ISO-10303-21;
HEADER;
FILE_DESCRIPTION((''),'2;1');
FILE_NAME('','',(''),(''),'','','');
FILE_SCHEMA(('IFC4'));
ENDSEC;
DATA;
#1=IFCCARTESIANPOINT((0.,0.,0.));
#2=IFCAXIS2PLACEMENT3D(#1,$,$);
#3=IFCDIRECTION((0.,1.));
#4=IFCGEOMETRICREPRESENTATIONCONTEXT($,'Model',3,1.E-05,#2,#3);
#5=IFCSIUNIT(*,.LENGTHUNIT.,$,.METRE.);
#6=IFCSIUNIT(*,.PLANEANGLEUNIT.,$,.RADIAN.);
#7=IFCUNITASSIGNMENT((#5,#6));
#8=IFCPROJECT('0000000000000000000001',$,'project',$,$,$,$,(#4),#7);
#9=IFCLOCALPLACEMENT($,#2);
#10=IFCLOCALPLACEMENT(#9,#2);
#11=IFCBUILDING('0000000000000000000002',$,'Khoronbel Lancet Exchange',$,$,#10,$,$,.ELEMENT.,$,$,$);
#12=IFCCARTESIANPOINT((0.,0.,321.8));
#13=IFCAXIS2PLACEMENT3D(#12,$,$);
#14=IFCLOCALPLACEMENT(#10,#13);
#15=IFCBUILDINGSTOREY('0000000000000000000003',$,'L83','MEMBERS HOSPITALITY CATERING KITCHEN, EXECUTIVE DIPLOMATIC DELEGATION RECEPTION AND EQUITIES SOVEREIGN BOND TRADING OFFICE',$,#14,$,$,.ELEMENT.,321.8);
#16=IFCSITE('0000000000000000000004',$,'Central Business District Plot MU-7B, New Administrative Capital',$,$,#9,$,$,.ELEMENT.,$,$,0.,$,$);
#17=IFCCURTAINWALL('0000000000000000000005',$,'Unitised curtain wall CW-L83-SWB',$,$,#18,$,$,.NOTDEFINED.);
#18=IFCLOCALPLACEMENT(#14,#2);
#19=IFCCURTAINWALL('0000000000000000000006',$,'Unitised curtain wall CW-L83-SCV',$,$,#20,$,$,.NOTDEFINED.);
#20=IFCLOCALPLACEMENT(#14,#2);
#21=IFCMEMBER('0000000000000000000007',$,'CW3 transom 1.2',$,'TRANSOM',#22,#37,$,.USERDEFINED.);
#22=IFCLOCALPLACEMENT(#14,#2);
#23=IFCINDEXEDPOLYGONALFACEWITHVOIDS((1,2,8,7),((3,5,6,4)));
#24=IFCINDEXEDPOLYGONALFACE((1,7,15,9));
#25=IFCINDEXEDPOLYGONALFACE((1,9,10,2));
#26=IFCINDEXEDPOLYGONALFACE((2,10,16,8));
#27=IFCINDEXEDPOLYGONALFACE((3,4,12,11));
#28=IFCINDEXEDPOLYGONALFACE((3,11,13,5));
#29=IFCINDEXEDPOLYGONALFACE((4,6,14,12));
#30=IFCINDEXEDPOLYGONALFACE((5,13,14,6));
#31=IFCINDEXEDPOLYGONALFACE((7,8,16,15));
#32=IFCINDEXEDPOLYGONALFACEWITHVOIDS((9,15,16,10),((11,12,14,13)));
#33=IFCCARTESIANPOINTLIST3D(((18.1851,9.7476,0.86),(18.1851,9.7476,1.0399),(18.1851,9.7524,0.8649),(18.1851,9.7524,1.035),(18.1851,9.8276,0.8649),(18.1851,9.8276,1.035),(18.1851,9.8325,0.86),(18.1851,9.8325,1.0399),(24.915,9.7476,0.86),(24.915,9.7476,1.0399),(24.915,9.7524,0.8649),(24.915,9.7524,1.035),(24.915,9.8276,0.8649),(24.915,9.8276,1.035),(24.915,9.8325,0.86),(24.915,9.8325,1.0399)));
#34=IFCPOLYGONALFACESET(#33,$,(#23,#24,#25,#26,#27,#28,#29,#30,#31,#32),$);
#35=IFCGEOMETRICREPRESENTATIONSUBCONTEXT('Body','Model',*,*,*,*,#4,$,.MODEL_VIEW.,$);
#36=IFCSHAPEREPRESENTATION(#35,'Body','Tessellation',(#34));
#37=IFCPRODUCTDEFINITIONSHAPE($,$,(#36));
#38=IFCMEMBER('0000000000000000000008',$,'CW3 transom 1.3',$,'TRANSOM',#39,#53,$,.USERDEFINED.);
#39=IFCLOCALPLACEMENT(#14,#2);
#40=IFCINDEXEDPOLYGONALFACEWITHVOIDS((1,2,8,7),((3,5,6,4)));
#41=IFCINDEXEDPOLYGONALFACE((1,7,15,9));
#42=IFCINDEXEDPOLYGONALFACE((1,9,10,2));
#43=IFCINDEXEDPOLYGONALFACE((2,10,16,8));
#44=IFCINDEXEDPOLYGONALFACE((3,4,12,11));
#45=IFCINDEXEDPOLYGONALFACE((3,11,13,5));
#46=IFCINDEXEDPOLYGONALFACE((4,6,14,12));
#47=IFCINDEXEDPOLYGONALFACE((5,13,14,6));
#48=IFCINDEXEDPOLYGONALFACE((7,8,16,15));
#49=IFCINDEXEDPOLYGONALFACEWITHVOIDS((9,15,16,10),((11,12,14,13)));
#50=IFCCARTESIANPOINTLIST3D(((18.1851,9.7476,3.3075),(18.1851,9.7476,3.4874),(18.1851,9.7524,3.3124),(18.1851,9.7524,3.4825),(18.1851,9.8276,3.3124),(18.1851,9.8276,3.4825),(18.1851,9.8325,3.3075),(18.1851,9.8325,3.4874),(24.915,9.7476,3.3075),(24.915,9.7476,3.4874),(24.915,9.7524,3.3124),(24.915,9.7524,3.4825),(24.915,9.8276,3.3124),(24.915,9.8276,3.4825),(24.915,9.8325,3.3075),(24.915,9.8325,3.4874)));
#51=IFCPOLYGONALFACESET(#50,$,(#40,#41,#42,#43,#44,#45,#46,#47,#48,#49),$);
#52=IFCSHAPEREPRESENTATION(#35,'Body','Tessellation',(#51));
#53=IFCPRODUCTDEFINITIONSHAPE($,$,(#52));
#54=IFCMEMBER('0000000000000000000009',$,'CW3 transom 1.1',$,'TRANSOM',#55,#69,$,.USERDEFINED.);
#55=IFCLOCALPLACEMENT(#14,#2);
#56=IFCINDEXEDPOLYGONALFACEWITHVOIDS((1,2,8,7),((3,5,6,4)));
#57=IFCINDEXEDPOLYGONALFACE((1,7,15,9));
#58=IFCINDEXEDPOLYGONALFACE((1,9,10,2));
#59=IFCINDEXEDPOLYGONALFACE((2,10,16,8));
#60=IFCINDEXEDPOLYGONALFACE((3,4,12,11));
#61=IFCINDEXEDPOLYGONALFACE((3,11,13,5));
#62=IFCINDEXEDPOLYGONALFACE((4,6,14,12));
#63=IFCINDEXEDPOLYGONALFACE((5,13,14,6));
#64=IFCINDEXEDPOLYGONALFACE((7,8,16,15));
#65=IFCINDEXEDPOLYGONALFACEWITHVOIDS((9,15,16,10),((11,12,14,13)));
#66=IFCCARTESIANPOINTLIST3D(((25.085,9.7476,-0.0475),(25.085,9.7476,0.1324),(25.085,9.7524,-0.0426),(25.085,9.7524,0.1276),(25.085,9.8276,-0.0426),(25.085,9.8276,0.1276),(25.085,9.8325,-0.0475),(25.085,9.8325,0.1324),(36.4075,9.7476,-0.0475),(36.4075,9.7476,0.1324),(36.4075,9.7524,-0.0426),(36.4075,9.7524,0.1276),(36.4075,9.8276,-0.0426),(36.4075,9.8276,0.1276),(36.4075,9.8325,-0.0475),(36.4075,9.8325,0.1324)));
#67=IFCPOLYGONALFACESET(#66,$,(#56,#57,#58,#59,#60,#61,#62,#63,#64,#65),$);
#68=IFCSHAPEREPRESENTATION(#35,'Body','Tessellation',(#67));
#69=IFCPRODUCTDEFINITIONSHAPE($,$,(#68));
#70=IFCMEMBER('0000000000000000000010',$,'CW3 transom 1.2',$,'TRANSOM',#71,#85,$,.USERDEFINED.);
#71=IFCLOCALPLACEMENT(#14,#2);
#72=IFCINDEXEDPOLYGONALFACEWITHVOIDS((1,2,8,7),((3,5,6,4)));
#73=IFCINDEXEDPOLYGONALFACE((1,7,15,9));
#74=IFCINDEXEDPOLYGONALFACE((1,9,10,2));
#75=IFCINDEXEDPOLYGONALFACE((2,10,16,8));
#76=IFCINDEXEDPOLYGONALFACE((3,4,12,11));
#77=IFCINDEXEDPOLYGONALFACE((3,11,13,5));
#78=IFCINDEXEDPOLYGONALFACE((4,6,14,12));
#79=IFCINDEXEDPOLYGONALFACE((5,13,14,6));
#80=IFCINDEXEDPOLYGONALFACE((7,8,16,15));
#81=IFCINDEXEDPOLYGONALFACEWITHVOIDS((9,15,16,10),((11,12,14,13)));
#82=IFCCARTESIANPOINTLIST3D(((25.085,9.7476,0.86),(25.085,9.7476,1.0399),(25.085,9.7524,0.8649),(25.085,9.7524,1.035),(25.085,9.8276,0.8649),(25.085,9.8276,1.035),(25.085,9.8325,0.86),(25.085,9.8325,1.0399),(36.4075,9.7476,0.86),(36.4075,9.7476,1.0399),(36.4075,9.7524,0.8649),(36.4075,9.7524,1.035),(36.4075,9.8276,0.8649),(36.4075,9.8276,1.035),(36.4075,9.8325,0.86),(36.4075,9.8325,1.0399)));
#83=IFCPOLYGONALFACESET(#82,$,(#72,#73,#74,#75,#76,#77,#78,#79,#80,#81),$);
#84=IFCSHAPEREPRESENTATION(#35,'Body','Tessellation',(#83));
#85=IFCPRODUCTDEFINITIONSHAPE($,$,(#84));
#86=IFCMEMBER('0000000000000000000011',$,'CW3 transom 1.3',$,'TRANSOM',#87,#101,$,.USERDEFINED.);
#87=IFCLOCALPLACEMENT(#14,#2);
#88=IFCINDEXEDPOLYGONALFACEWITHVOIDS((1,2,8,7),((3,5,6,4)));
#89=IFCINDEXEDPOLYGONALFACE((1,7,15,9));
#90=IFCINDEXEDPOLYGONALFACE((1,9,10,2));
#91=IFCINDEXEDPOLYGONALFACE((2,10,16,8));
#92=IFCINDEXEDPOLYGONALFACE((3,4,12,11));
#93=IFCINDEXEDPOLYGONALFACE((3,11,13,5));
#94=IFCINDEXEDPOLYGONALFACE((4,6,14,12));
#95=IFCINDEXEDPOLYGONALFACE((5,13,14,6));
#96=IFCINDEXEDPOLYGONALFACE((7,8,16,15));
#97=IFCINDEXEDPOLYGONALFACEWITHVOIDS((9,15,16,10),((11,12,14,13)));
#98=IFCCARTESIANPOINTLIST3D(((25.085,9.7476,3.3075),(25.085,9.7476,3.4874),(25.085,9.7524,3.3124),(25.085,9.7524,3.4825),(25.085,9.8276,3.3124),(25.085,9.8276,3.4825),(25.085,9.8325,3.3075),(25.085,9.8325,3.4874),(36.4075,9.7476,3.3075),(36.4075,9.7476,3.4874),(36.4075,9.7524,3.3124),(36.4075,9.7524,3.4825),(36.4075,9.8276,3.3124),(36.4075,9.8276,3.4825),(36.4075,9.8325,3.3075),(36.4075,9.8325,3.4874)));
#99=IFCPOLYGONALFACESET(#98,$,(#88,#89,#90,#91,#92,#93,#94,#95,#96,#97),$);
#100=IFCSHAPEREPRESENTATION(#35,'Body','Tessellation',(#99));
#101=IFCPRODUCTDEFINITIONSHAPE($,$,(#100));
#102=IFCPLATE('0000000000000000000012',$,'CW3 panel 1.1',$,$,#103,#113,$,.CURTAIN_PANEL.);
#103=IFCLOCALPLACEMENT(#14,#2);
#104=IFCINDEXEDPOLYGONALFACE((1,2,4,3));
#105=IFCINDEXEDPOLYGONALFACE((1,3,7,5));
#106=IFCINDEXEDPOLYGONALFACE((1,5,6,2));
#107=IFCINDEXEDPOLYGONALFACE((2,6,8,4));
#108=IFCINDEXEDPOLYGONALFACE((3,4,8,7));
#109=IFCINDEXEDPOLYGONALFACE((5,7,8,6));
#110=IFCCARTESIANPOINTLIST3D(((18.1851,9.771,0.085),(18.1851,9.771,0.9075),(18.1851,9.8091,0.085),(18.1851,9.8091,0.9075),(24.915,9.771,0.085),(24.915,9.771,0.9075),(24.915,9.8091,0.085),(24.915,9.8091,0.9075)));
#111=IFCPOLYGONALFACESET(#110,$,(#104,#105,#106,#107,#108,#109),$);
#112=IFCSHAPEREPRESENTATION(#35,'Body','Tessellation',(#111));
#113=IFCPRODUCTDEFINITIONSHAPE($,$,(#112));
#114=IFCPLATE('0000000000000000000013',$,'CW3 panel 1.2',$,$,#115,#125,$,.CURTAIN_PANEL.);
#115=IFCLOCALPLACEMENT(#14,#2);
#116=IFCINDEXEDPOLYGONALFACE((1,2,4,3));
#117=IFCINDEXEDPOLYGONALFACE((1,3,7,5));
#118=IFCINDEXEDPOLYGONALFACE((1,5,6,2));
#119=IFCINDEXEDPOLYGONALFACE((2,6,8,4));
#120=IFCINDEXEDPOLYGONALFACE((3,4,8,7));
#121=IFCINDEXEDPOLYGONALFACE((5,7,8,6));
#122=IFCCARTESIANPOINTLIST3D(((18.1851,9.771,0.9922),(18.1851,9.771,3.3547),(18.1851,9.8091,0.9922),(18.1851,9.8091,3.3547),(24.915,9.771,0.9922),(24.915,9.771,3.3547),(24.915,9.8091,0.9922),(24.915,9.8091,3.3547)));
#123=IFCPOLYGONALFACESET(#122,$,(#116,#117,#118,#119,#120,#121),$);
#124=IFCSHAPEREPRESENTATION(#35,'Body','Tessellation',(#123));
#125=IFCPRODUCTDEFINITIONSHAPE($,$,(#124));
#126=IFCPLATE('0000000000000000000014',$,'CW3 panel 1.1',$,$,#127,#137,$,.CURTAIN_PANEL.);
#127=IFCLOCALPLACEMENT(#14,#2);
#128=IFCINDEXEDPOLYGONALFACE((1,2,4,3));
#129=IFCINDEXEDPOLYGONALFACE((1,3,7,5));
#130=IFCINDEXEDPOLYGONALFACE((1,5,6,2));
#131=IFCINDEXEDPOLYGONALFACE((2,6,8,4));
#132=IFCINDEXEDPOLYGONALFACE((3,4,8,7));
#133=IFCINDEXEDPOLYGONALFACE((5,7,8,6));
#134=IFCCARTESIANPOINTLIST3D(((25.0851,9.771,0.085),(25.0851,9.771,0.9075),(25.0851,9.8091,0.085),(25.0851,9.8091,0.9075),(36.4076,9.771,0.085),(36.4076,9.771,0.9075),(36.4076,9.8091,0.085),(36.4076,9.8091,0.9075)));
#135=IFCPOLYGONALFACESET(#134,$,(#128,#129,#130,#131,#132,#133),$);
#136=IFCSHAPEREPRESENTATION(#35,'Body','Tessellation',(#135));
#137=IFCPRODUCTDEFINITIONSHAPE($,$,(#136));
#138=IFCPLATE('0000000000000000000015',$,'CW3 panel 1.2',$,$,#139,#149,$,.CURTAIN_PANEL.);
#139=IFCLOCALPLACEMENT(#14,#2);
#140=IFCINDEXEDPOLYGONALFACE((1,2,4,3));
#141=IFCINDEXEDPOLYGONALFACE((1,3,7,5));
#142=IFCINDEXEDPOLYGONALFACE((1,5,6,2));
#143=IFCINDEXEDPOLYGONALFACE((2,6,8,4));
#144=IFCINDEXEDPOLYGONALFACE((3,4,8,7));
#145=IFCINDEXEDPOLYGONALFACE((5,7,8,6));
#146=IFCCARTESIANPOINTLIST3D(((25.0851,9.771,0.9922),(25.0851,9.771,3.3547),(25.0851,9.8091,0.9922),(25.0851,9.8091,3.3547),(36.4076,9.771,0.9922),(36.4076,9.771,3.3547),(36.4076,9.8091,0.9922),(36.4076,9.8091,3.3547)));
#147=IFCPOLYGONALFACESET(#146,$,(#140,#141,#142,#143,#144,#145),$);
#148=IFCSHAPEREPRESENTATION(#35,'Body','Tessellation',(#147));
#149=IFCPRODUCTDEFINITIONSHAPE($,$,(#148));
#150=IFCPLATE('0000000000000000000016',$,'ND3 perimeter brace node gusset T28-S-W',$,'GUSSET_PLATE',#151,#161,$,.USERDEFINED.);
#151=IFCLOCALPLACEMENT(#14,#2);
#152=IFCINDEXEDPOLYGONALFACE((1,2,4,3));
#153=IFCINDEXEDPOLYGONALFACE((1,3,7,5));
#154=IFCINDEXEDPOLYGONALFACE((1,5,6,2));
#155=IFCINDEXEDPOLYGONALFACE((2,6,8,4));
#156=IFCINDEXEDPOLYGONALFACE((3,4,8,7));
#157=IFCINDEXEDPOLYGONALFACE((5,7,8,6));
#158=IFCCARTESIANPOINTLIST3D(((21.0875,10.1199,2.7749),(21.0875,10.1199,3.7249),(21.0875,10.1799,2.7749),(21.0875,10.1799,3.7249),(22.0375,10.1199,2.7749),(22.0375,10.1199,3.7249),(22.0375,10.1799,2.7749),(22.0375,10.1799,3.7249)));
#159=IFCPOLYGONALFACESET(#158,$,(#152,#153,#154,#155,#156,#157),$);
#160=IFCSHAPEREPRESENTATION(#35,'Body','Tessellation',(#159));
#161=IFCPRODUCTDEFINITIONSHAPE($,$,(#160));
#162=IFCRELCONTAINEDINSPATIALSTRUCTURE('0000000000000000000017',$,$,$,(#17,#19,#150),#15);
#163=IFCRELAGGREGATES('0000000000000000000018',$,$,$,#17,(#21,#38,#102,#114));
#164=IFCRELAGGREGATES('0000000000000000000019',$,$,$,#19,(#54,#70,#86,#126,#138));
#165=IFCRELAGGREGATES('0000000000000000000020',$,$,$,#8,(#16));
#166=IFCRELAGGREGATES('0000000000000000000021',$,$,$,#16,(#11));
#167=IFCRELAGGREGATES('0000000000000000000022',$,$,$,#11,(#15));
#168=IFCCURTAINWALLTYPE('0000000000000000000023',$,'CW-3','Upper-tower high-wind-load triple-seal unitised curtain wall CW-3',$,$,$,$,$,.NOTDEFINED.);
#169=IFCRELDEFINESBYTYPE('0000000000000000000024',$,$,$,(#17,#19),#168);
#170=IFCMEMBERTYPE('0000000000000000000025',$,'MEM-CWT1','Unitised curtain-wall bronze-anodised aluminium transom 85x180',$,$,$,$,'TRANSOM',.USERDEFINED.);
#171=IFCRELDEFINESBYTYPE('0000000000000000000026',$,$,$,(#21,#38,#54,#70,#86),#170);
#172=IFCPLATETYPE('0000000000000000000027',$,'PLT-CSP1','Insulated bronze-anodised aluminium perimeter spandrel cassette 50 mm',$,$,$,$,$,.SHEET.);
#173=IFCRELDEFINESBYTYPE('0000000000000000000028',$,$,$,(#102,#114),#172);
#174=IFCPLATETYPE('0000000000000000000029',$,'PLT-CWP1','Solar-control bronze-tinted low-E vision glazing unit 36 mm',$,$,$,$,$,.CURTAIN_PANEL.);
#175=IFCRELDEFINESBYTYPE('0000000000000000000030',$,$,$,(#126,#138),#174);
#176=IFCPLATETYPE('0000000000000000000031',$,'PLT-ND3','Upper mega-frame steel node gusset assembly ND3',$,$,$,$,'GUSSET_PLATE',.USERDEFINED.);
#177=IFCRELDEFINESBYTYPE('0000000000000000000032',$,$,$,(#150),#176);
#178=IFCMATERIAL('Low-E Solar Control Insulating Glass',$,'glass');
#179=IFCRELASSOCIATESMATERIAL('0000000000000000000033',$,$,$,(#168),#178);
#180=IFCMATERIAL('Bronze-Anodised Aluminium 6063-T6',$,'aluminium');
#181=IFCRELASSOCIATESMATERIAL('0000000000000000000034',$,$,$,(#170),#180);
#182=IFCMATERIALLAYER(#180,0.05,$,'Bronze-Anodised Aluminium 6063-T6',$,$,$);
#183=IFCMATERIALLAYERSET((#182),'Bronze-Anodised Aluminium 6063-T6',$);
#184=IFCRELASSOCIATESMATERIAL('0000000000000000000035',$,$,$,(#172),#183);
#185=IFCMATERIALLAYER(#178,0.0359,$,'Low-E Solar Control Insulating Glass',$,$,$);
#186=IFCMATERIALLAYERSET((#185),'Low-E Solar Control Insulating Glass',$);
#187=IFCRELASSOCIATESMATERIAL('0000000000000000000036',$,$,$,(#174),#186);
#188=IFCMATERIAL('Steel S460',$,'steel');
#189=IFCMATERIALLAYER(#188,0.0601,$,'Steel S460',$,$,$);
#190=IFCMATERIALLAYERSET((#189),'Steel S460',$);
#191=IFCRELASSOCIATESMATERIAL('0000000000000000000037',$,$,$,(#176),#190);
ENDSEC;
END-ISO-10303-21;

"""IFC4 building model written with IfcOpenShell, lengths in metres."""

from ifc_helpers import new_model, si_unit, direction, frame, origin, origin_2d, place, context, subcontext, project, spatial, rectangle, hollow_rectangle, extrude, material, layer, layer_set, material_profile, profile_set, type_object, element, aggregate, save


model = new_model("IFC4")

# Units and contexts
model_context = context("Model", 3, precision=1e-05, world=origin(), true_north=direction((0.0, 1.0)))
body_context = subcontext(model_context, "Body", "Model", "MODEL_VIEW")
ifc_project = project(units=[si_unit("LENGTHUNIT", "METRE"), si_unit("PLANEANGLEUNIT", "RADIAN")], contexts=[model_context])

# Site, building, storey
site_placement = place(None, origin())
site = spatial("IfcSite", under=ifc_project, at=site_placement, Name="Central Business District Plot MU-7B, New Administrative Capital", CompositionType="ELEMENT", RefElevation=0.0)
building_placement = place(site_placement, origin())
building = spatial("IfcBuilding", under=site, at=building_placement, Name="Khoronbel Lancet Exchange", CompositionType="ELEMENT")
storey_placement = place(building_placement, frame((0.0, 0.0, 321.8)))
storey = spatial("IfcBuildingStorey", under=building, at=storey_placement, Name="L83", Description="MEMBERS HOSPITALITY CATERING KITCHEN, EXECUTIVE DIPLOMATIC DELEGATION RECEPTION AND EQUITIES SOVEREIGN BOND TRADING OFFICE", CompositionType="ELEMENT", Elevation=321.8)

# Shared definitions
ifc_material_1 = material(Name="Steel S460", Category="steel")

# Curtain walls
ifc_material_2 = material(Name="Low-E Solar Control Insulating Glass", Category="glass")
curtain_wall_type = type_object("IfcCurtainWallType", Name="CW-3", Description="Upper-tower high-wind-load triple-seal unitised curtain wall CW-3", PredefinedType="NOTDEFINED", material=ifc_material_2)
curtain_wall_1_placement = place(storey_placement, origin())
curtain_wall_1 = element("IfcCurtainWall", 1, at=curtain_wall_1_placement, inside=storey, type_object=curtain_wall_type, Name="Unitised curtain wall CW-L83-SWB", PredefinedType="NOTDEFINED")
ifc_material_3 = material(Name="Bronze-Anodised Aluminium 6063-T6", Category="aluminium")
curtain_wall_2_placement = place(storey_placement, origin())
curtain_wall_2 = element("IfcCurtainWall", 2, at=curtain_wall_2_placement, inside=storey, type_object=curtain_wall_type, Name="Unitised curtain wall CW-L83-SCV", PredefinedType="NOTDEFINED")

# Members
ifc_material_profile_1 = material_profile(ifc_material_3, hollow_rectangle(XDim=0.085, YDim=0.1799, WallThickness=0.0049, at=origin_2d()), Name="ALU TRANSOM 85x180")
ifc_profile_set_1 = profile_set([ifc_material_profile_1], Name="Bronze-Anodised Aluminium 6063-T6")
member_type_1 = type_object("IfcMemberType", Name="MEM-CWT1", Description="Unitised curtain-wall bronze-anodised aluminium transom 85x180", ElementType="TRANSOM", PredefinedType="USERDEFINED", material=ifc_profile_set_1)
member_1_placement = place(storey_placement, frame((18.1851, 9.79, 0.95), z_axis=(1.0, 0.0, 0.0), x_axis=(0.0, 1.0, 0.0)))
member_1 = element("IfcMember", 3, at=member_1_placement, type_object=member_type_1, Name="CW3 transom 1.2", ObjectType="TRANSOM", PredefinedType="USERDEFINED", context=body_context, shape_type="SweptSolid", body=[
    extrude(hollow_rectangle(XDim=0.085, YDim=0.1799, WallThickness=0.0049, at=origin_2d()), origin(), (0.0, 0.0, 1.0), 6.73),
])
member_2_placement = place(storey_placement, frame((18.1851, 9.79, 3.3975), z_axis=(1.0, 0.0, 0.0), x_axis=(0.0, 1.0, 0.0)))
member_2 = element("IfcMember", 4, at=member_2_placement, type_object=member_type_1, Name="CW3 transom 1.3", ObjectType="TRANSOM", PredefinedType="USERDEFINED", context=body_context, shape_type="SweptSolid", body=[
    extrude(hollow_rectangle(XDim=0.085, YDim=0.1799, WallThickness=0.0049, at=origin_2d()), origin(), (0.0, 0.0, 1.0), 6.73),
])
member_3_placement = place(storey_placement, frame((25.085, 9.79, 0.0425), z_axis=(1.0, 0.0, 0.0), x_axis=(0.0, 1.0, 0.0)))
member_3 = element("IfcMember", 5, at=member_3_placement, type_object=member_type_1, Name="CW3 transom 1.1", ObjectType="TRANSOM", PredefinedType="USERDEFINED", context=body_context, shape_type="SweptSolid", body=[
    extrude(hollow_rectangle(XDim=0.085, YDim=0.1799, WallThickness=0.0049, at=origin_2d()), origin(), (0.0, 0.0, 1.0), 11.3225),
])
member_4_placement = place(storey_placement, frame((25.085, 9.79, 0.95), z_axis=(1.0, 0.0, 0.0), x_axis=(0.0, 1.0, 0.0)))
member_4 = element("IfcMember", 6, at=member_4_placement, type_object=member_type_1, Name="CW3 transom 1.2", ObjectType="TRANSOM", PredefinedType="USERDEFINED", context=body_context, shape_type="SweptSolid", body=[
    extrude(hollow_rectangle(XDim=0.085, YDim=0.1799, WallThickness=0.0049, at=origin_2d()), origin(), (0.0, 0.0, 1.0), 11.3225),
])
member_5_placement = place(storey_placement, frame((25.085, 9.79, 3.3975), z_axis=(1.0, 0.0, 0.0), x_axis=(0.0, 1.0, 0.0)))
member_5 = element("IfcMember", 7, at=member_5_placement, type_object=member_type_1, Name="CW3 transom 1.3", ObjectType="TRANSOM", PredefinedType="USERDEFINED", context=body_context, shape_type="SweptSolid", body=[
    extrude(hollow_rectangle(XDim=0.085, YDim=0.1799, WallThickness=0.0049, at=origin_2d()), origin(), (0.0, 0.0, 1.0), 11.3225),
])

# Plates
ifc_layer_1 = layer(ifc_material_3, 0.05, Name="Bronze-Anodised Aluminium 6063-T6")
ifc_layer_set_1 = layer_set([ifc_layer_1], Name="Bronze-Anodised Aluminium 6063-T6")
plate_type_1 = type_object("IfcPlateType", Name="PLT-CSP1", Description="Insulated bronze-anodised aluminium perimeter spandrel cassette 50 mm", PredefinedType="SHEET", material=ifc_layer_set_1)
plate_1_placement = place(storey_placement, frame((21.55, 9.79, 0.085), z_axis=(0.0, 0.0, 1.0), x_axis=(1.0, 0.0, 0.0)))
plate_1 = element("IfcPlate", 8, at=plate_1_placement, type_object=plate_type_1, Name="CW3 panel 1.1", PredefinedType="CURTAIN_PANEL", context=body_context, shape_type="SweptSolid", body=[
    extrude(rectangle(XDim=6.73, YDim=0.0381, at=origin_2d()), origin(), (0.0, 0.0, 1.0), 0.8225),
])
plate_2_placement = place(storey_placement, frame((21.55, 9.79, 0.9922), z_axis=(0.0, 0.0, 1.0), x_axis=(1.0, 0.0, 0.0)))
plate_2 = element("IfcPlate", 9, at=plate_2_placement, type_object=plate_type_1, Name="CW3 panel 1.2", PredefinedType="CURTAIN_PANEL", context=body_context, shape_type="SweptSolid", body=[
    extrude(rectangle(XDim=6.73, YDim=0.0381, at=origin_2d()), origin(), (0.0, 0.0, 1.0), 2.3625),
])
aggregate(curtain_wall_1, [member_1, member_2, plate_1, plate_2])
ifc_layer_2 = layer(ifc_material_2, 0.0359, Name="Low-E Solar Control Insulating Glass")
ifc_layer_set_2 = layer_set([ifc_layer_2], Name="Low-E Solar Control Insulating Glass")
plate_type_2 = type_object("IfcPlateType", Name="PLT-CWP1", Description="Solar-control bronze-tinted low-E vision glazing unit 36 mm", PredefinedType="CURTAIN_PANEL", material=ifc_layer_set_2)
plate_3_placement = place(storey_placement, frame((30.7463, 9.79, 0.085), z_axis=(0.0, 0.0, 1.0), x_axis=(1.0, 0.0, 0.0)))
plate_3 = element("IfcPlate", 10, at=plate_3_placement, type_object=plate_type_2, Name="CW3 panel 1.1", PredefinedType="CURTAIN_PANEL", context=body_context, shape_type="SweptSolid", body=[
    extrude(rectangle(XDim=11.3225, YDim=0.0381, at=origin_2d()), origin(), (0.0, 0.0, 1.0), 0.8225),
])
plate_4_placement = place(storey_placement, frame((30.7463, 9.79, 0.9922), z_axis=(0.0, 0.0, 1.0), x_axis=(1.0, 0.0, 0.0)))
plate_4 = element("IfcPlate", 11, at=plate_4_placement, type_object=plate_type_2, Name="CW3 panel 1.2", PredefinedType="CURTAIN_PANEL", context=body_context, shape_type="SweptSolid", body=[
    extrude(rectangle(XDim=11.3225, YDim=0.0381, at=origin_2d()), origin(), (0.0, 0.0, 1.0), 2.3625),
])
aggregate(curtain_wall_2, [member_3, member_4, member_5, plate_3, plate_4])
ifc_layer_3 = layer(ifc_material_1, 0.0601, Name="Steel S460")
ifc_layer_set_3 = layer_set([ifc_layer_3], Name="Steel S460")
plate_type_3 = type_object("IfcPlateType", Name="PLT-ND3", Description="Upper mega-frame steel node gusset assembly ND3", ElementType="GUSSET_PLATE", PredefinedType="USERDEFINED", material=ifc_layer_set_3)
plate_5_placement = place(storey_placement, frame((21.5625, 10.1499, 2.7749), z_axis=(0.0, 0.0, 1.0), x_axis=(1.0, 0.0, 0.0)))
element("IfcPlate", 12, at=plate_5_placement, inside=storey, type_object=plate_type_3, Name="ND3 perimeter brace node gusset T28-S-W", ObjectType="GUSSET_PLATE", PredefinedType="USERDEFINED", context=body_context, shape_type="SweptSolid", body=[
    extrude(rectangle(XDim=0.95, YDim=0.0601, at=origin_2d()), origin(), (0.0, 0.0, 1.0), 0.95),
])

save(model, "model.ifc")
